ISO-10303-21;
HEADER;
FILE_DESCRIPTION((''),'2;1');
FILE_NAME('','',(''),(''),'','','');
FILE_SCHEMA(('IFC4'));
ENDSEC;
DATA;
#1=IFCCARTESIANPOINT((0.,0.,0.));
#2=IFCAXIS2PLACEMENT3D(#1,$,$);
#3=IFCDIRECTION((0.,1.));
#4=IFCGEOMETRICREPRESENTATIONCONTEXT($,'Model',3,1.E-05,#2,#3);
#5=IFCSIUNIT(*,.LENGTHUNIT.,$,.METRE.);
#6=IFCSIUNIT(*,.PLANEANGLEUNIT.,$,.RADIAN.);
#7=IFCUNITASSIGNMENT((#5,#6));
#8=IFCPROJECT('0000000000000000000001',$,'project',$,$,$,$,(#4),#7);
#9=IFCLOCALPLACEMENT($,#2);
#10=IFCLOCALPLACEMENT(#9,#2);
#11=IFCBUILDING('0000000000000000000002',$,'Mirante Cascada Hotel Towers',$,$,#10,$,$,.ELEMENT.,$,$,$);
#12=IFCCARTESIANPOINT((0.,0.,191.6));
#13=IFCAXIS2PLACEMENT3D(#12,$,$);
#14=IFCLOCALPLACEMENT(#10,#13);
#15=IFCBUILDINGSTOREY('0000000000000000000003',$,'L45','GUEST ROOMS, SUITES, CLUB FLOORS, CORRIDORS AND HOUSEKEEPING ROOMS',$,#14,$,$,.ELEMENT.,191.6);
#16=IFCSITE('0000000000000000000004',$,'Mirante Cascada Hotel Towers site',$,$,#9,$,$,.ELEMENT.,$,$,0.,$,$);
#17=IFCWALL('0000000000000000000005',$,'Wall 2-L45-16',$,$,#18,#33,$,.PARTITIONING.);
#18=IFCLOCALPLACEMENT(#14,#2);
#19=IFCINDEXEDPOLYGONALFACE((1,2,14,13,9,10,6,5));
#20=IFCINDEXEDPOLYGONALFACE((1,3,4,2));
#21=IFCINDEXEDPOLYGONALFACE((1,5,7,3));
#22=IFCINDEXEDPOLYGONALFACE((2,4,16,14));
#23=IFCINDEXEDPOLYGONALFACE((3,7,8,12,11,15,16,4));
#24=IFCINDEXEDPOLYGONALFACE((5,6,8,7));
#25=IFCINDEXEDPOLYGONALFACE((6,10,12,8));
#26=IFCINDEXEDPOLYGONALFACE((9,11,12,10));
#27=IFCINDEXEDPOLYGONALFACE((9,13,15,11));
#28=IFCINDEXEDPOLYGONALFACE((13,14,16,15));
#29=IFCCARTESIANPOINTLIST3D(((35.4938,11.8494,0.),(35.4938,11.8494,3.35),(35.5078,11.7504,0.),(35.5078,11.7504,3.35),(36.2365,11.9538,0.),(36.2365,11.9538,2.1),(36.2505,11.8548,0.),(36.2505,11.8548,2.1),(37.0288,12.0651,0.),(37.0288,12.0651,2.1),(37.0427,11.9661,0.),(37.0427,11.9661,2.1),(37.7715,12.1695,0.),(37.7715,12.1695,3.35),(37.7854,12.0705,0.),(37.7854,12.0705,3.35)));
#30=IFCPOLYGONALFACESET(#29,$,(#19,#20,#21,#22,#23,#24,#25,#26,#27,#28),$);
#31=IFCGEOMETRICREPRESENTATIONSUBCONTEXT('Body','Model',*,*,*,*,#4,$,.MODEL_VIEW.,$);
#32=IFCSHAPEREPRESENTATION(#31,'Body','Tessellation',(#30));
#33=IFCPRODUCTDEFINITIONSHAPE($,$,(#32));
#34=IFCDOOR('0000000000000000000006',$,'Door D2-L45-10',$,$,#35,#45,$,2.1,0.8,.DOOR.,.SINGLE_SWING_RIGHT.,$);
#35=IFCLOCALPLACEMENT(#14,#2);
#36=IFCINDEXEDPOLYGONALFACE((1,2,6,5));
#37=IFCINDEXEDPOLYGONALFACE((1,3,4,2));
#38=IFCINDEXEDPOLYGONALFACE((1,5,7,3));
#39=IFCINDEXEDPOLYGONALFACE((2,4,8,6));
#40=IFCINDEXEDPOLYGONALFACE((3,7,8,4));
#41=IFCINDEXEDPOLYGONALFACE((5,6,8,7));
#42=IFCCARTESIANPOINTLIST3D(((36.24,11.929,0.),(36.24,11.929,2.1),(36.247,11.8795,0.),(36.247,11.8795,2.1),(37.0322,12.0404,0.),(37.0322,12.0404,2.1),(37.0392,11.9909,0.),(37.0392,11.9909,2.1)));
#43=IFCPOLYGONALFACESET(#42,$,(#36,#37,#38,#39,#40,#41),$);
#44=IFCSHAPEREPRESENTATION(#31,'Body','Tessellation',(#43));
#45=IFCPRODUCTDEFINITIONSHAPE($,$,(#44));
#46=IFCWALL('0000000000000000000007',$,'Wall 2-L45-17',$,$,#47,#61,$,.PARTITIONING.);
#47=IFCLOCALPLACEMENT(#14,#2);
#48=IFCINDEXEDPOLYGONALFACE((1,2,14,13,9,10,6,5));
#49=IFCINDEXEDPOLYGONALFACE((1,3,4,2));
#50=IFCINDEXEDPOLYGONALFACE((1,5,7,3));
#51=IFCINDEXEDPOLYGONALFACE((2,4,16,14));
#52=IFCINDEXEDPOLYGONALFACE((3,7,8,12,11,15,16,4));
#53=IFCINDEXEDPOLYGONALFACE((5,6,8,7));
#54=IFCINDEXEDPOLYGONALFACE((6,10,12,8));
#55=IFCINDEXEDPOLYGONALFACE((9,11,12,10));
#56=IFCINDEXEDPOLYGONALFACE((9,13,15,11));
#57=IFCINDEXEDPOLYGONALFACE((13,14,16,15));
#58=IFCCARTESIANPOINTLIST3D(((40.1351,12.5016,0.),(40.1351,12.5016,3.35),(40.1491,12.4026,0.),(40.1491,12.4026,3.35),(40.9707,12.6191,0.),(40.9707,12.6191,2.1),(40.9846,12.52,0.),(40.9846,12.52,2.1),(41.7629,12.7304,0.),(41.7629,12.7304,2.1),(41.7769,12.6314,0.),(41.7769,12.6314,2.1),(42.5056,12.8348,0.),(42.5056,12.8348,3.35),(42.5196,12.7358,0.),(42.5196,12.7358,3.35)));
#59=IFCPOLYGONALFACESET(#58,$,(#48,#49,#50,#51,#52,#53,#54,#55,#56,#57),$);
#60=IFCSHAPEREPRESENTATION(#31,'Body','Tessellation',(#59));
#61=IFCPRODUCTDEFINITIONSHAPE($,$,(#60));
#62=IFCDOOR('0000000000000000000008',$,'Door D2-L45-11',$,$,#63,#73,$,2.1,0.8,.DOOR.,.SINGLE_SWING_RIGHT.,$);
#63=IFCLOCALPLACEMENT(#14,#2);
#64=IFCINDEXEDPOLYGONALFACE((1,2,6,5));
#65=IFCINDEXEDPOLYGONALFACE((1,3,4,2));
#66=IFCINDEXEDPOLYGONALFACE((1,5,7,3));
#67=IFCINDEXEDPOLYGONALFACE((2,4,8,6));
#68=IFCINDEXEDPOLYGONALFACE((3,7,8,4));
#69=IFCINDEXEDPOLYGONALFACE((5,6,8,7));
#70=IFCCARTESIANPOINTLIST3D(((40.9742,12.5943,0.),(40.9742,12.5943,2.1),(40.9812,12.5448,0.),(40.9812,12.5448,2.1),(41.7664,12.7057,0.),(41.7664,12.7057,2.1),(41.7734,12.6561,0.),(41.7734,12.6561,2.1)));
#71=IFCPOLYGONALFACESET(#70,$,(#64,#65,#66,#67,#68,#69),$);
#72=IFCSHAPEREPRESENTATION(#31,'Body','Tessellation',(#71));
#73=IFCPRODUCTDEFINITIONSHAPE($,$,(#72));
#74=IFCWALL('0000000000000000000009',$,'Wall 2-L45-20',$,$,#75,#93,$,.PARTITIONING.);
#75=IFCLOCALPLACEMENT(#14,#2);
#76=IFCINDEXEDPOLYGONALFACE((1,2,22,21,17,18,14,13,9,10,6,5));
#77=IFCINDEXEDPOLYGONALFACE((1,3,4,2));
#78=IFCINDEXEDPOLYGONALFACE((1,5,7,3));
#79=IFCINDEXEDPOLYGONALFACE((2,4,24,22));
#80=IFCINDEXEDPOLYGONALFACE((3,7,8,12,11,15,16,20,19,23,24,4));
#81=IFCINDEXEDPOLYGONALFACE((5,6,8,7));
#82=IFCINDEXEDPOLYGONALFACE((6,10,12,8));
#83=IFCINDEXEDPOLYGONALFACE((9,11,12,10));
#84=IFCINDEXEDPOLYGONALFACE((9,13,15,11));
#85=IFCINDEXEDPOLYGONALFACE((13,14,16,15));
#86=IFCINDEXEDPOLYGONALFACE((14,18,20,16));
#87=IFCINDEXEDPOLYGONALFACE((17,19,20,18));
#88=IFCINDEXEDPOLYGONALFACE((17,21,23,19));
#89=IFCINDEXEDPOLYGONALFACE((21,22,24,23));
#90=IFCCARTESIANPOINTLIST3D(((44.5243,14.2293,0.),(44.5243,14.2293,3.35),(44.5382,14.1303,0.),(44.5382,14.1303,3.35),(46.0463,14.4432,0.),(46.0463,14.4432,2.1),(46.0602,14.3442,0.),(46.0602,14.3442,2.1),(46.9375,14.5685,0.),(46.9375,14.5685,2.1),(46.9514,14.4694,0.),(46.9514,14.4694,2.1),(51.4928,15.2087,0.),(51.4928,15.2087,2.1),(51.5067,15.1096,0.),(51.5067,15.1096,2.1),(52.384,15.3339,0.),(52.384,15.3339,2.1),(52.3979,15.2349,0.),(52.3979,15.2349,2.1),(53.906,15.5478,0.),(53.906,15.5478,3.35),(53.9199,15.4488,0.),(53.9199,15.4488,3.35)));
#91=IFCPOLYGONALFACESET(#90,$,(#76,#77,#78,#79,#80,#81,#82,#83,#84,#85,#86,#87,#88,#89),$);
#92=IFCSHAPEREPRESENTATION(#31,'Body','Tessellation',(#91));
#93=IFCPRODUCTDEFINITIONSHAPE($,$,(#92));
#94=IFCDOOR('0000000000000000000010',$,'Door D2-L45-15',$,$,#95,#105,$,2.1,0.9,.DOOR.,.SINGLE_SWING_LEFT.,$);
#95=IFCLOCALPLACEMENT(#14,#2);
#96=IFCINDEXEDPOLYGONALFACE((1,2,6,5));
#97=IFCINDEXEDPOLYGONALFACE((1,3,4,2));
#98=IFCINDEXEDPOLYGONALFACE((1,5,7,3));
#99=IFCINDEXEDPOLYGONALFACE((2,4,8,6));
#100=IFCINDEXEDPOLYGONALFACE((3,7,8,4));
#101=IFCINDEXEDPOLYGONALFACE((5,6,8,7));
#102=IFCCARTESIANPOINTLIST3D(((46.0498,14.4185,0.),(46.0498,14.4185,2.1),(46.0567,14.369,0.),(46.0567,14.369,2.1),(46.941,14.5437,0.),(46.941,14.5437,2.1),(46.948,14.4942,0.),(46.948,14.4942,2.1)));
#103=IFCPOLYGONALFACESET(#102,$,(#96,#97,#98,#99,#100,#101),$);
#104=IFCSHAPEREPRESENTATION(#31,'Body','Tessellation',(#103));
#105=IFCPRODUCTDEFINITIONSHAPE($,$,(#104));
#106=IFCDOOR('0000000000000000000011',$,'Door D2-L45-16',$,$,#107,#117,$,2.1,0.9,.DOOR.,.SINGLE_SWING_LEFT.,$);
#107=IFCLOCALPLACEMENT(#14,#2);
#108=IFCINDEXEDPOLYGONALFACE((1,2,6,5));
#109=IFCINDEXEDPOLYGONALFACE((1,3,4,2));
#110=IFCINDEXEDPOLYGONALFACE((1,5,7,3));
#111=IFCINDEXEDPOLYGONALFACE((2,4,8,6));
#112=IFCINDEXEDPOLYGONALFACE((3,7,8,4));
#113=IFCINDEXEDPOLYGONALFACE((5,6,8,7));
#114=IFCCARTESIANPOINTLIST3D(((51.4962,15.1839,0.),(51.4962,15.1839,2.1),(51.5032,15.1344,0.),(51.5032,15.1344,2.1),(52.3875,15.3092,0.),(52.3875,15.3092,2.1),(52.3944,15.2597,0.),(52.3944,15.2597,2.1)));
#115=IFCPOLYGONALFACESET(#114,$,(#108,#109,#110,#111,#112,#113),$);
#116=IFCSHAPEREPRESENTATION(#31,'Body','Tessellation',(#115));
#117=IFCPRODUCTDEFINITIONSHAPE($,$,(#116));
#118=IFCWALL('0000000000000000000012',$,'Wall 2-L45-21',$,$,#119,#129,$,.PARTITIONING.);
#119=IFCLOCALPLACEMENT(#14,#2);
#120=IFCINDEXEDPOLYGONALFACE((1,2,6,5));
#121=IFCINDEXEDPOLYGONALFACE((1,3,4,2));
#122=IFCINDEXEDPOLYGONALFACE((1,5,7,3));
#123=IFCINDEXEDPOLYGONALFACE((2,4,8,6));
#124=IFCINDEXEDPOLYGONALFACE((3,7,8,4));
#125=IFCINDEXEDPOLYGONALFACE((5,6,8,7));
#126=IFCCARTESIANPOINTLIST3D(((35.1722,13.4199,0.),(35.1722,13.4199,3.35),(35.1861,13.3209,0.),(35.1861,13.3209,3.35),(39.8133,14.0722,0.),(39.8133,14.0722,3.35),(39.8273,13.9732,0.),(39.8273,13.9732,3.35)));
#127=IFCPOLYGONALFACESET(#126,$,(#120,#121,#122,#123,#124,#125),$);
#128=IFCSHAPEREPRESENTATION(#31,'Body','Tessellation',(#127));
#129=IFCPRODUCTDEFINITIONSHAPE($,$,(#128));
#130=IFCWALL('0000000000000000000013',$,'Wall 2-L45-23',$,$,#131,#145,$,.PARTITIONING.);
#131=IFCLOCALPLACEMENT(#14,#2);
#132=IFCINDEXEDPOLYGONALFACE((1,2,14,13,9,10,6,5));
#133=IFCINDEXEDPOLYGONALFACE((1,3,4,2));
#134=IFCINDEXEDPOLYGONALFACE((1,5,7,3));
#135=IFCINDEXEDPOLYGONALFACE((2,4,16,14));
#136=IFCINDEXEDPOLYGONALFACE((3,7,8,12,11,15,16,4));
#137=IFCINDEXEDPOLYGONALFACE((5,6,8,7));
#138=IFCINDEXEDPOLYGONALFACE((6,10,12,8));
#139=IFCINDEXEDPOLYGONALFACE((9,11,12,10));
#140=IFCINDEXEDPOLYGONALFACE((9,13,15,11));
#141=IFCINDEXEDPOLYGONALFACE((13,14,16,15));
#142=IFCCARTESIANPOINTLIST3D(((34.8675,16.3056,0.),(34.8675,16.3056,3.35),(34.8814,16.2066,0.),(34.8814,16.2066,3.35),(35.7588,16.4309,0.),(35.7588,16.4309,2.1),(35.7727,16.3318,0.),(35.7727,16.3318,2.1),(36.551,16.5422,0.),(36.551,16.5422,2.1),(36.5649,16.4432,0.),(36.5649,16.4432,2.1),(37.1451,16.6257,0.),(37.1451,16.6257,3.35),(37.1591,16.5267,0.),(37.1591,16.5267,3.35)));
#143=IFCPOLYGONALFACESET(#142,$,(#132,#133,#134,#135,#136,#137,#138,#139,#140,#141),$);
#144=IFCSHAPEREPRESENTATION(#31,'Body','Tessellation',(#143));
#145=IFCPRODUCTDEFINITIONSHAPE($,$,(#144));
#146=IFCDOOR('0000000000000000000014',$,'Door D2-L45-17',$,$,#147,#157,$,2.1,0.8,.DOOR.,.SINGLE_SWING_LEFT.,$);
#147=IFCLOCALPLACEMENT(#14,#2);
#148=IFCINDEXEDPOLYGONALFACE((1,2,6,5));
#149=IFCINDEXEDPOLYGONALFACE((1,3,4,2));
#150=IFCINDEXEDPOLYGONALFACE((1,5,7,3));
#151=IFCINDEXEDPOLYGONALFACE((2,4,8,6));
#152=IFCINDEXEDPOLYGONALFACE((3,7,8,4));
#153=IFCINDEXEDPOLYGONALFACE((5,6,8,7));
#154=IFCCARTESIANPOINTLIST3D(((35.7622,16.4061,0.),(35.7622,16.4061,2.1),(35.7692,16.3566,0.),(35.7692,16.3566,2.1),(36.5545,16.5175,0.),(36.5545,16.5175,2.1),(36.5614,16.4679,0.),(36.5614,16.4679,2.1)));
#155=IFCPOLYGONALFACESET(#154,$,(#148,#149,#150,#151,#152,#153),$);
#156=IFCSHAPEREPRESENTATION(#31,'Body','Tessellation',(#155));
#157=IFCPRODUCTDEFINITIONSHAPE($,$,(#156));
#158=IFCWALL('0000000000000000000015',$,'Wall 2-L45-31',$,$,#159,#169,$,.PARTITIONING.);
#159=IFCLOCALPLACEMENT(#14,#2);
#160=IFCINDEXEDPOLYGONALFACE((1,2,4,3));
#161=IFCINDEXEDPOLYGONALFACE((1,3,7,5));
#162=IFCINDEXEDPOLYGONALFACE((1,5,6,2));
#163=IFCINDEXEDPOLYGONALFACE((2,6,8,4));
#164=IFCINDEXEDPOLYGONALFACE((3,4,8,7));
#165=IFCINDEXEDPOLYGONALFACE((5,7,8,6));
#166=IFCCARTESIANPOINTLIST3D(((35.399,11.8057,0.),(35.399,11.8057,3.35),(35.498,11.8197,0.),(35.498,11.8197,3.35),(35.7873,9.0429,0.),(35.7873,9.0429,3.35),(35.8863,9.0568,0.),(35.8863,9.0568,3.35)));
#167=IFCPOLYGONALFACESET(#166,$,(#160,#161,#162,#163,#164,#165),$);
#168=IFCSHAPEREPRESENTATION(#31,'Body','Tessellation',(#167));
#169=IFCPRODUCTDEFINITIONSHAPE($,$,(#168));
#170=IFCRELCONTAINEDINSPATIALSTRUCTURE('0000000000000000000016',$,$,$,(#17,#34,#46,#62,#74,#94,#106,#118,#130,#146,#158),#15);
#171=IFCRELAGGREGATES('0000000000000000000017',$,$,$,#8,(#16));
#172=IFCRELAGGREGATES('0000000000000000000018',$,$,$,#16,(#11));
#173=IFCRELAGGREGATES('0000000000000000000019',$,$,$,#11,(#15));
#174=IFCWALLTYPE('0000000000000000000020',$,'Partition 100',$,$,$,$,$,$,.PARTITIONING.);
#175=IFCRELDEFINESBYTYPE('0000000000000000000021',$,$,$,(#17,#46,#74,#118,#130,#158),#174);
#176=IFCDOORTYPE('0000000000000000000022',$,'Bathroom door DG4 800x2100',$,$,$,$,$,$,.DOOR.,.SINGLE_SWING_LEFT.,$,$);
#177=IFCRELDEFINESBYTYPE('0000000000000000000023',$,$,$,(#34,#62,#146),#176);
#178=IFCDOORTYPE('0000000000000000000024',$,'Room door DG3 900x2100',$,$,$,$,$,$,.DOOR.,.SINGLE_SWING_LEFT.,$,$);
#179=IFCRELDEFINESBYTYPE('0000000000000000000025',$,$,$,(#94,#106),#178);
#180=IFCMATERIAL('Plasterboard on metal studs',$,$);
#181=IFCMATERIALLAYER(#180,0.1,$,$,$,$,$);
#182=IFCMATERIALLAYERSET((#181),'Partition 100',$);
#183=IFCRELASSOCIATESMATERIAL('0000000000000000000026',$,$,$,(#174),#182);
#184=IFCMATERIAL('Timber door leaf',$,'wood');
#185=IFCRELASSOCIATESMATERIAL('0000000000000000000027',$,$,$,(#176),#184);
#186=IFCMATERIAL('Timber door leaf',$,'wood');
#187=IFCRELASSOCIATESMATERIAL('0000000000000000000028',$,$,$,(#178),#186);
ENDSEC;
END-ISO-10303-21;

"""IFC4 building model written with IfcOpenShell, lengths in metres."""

from ifc_helpers import new_model, si_unit, direction, frame, frame_2d, origin, place, context, subcontext, project, spatial, rectangle, extrude, material, layer, layer_set, type_object, element, fill, save


model = new_model("IFC4")

# Units and contexts
model_context = context("Model", 3, precision=1e-05, world=origin(), true_north=direction((0.0, 1.0)))
body_context = subcontext(model_context, "Body", "Model", "MODEL_VIEW")
ifc_project = project(units=[si_unit("LENGTHUNIT", "METRE"), si_unit("PLANEANGLEUNIT", "RADIAN")], contexts=[model_context])

# Site, building, storey
site_placement = place(None, origin())
site = spatial("IfcSite", under=ifc_project, at=site_placement, Name="Mirante Cascada Hotel Towers site", CompositionType="ELEMENT", RefElevation=0.0)
building_placement = place(site_placement, origin())
building = spatial("IfcBuilding", under=site, at=building_placement, Name="Mirante Cascada Hotel Towers", CompositionType="ELEMENT")
storey_placement = place(building_placement, frame((0.0, 0.0, 191.6)))
storey = spatial("IfcBuildingStorey", under=building, at=storey_placement, Name="L45", Description="GUEST ROOMS, SUITES, CLUB FLOORS, CORRIDORS AND HOUSEKEEPING ROOMS", CompositionType="ELEMENT", Elevation=191.6)

# Walls, openings, doors
ifc_material_1 = material(Name="Plasterboard on metal studs")
ifc_layer_1 = layer(ifc_material_1, 0.1)
ifc_layer_set_1 = layer_set([ifc_layer_1], Name="Partition 100")
wall_type_1 = type_object("IfcWallType", Name="Partition 100", PredefinedType="PARTITIONING", material=ifc_layer_set_1)
wall_1_placement = place(storey_placement, frame((35.5008, 11.7999, 0.0), z_axis=(0.0, 0.0, 1.0), x_axis=(0.990268, 0.139175, 0.0)))
wall_1 = element("IfcWall", 1, at=wall_1_placement, inside=storey, type_object=wall_type_1, Name="Wall 2-L45-16", PredefinedType="PARTITIONING", context=body_context, shape_type="SweptSolid", body=[
    extrude(rectangle(XDim=2.3, YDim=0.1, at=frame_2d((1.15, 0.0))), origin(), (0.0, 0.0, 1.0), 3.35),
])
opening_1_placement = place(wall_1_placement, frame((0.75, 0.0, 0.0)))
opening_1 = element("IfcOpeningElement", 2, at=opening_1_placement, cuts=wall_1, PredefinedType="OPENING", context=body_context, shape_type="SweptSolid", body=[
    extrude(rectangle(XDim=0.8, YDim=2.1, at=frame_2d((0.4, 1.05))), frame((0.0, 0.05, 0.0), z_axis=(0.0, -1.0, 0.0), x_axis=(1.0, 0.0, 0.0)), (0.0, 0.0, 1.0), 0.1),
])
ifc_material_2 = material(Name="Timber door leaf", Category="wood")
door_type_1 = type_object("IfcDoorType", Name="Bathroom door DG4 800x2100", OperationType="SINGLE_SWING_LEFT", PredefinedType="DOOR", material=ifc_material_2)
door_1_placement = place(opening_1_placement, frame((0.8, 0.0, 0.0), z_axis=(0.0, 0.0, 1.0), x_axis=(-1.0, 0.0, 0.0)))
door_1 = element("IfcDoor", 3, at=door_1_placement, inside=storey, type_object=door_type_1, Name="Door D2-L45-10", OperationType="SINGLE_SWING_RIGHT", OverallHeight=2.1, OverallWidth=0.8, PredefinedType="DOOR", context=body_context, shape_type="SweptSolid", body=[
    extrude(rectangle(XDim=0.8, YDim=2.1, at=frame_2d((0.4, 1.05))), frame((0.0, 0.025, 0.0), z_axis=(0.0, -1.0, 0.0), x_axis=(1.0, 0.0, 0.0)), (0.0, 0.0, 1.0), 0.05),
])
fill(opening_1, door_1)
wall_2_placement = place(storey_placement, frame((42.5126, 12.7853, 0.0), z_axis=(0.0, 0.0, 1.0), x_axis=(-0.990265, -0.139193, 0.0)))
wall_2 = element("IfcWall", 4, at=wall_2_placement, inside=storey, type_object=wall_type_1, Name="Wall 2-L45-17", PredefinedType="PARTITIONING", context=body_context, shape_type="SweptSolid", body=[
    extrude(rectangle(XDim=2.3938, YDim=0.1, at=frame_2d((1.1969, 0.0))), origin(), (0.0, 0.0, 1.0), 3.35),
])
opening_2_placement = place(wall_2_placement, frame((0.75, 0.0, 0.0)))
opening_2 = element("IfcOpeningElement", 5, at=opening_2_placement, cuts=wall_2, PredefinedType="OPENING", context=body_context, shape_type="SweptSolid", body=[
    extrude(rectangle(XDim=0.8, YDim=2.1, at=frame_2d((0.4, 1.05))), frame((0.0, 0.05, 0.0), z_axis=(0.0, -1.0, 0.0), x_axis=(1.0, 0.0, 0.0)), (0.0, 0.0, 1.0), 0.1),
])
door_2_placement = place(opening_2_placement, frame((0.8, 0.0, 0.0), z_axis=(0.0, 0.0, 1.0), x_axis=(-1.0, 0.0, 0.0)))
door_2 = element("IfcDoor", 6, at=door_2_placement, inside=storey, type_object=door_type_1, Name="Door D2-L45-11", OperationType="SINGLE_SWING_RIGHT", OverallHeight=2.1, OverallWidth=0.8, PredefinedType="DOOR", context=body_context, shape_type="SweptSolid", body=[
    extrude(rectangle(XDim=0.8, YDim=2.1, at=frame_2d((0.4, 1.05))), frame((0.0, 0.025, 0.0), z_axis=(0.0, -1.0, 0.0), x_axis=(1.0, 0.0, 0.0)), (0.0, 0.0, 1.0), 0.05),
])
fill(opening_2, door_2)

# Wall, openings, doors
wall_3_placement = place(storey_placement, frame((44.5312, 14.1798, 0.0), z_axis=(0.0, 0.0, 1.0), x_axis=(0.990268, 0.139172, 0.0)))
wall_3 = element("IfcWall", 7, at=wall_3_placement, inside=storey, type_object=wall_type_1, Name="Wall 2-L45-20", PredefinedType="PARTITIONING", context=body_context, shape_type="SweptSolid", body=[
    extrude(rectangle(XDim=9.4739, YDim=0.1, at=frame_2d((4.737, 0.0))), origin(), (0.0, 0.0, 1.0), 3.35),
])
opening_3_placement = place(wall_3_placement, frame((1.537, 0.0, 0.0)))
opening_3 = element("IfcOpeningElement", 8, at=opening_3_placement, cuts=wall_3, PredefinedType="OPENING", context=body_context, shape_type="SweptSolid", body=[
    extrude(rectangle(XDim=0.9, YDim=2.1, at=frame_2d((0.45, 1.05))), frame((0.0, 0.05, 0.0), z_axis=(0.0, -1.0, 0.0), x_axis=(1.0, 0.0, 0.0)), (0.0, 0.0, 1.0), 0.1),
])
opening_4_placement = place(wall_3_placement, frame((7.037, 0.0, 0.0)))
opening_4 = element("IfcOpeningElement", 9, at=opening_4_placement, cuts=wall_3, PredefinedType="OPENING", context=body_context, shape_type="SweptSolid", body=[
    extrude(rectangle(XDim=0.9, YDim=2.1, at=frame_2d((0.45, 1.05))), frame((0.0, 0.05, 0.0), z_axis=(0.0, -1.0, 0.0), x_axis=(1.0, 0.0, 0.0)), (0.0, 0.0, 1.0), 0.1),
])
ifc_material_3 = material(Name="Timber door leaf", Category="wood")
door_type_2 = type_object("IfcDoorType", Name="Room door DG3 900x2100", OperationType="SINGLE_SWING_LEFT", PredefinedType="DOOR", material=ifc_material_3)
door_3_placement = place(opening_3_placement, origin())
door_3 = element("IfcDoor", 10, at=door_3_placement, inside=storey, type_object=door_type_2, Name="Door D2-L45-15", OperationType="SINGLE_SWING_LEFT", OverallHeight=2.1, OverallWidth=0.9, PredefinedType="DOOR", context=body_context, shape_type="SweptSolid", body=[
    extrude(rectangle(XDim=0.9, YDim=2.1, at=frame_2d((0.45, 1.05))), frame((0.0, 0.025, 0.0), z_axis=(0.0, -1.0, 0.0), x_axis=(1.0, 0.0, 0.0)), (0.0, 0.0, 1.0), 0.05),
])
fill(opening_3, door_3)
door_4_placement = place(opening_4_placement, origin())
door_4 = element("IfcDoor", 11, at=door_4_placement, inside=storey, type_object=door_type_2, Name="Door D2-L45-16", OperationType="SINGLE_SWING_LEFT", OverallHeight=2.1, OverallWidth=0.9, PredefinedType="DOOR", context=body_context, shape_type="SweptSolid", body=[
    extrude(rectangle(XDim=0.9, YDim=2.1, at=frame_2d((0.45, 1.05))), frame((0.0, 0.025, 0.0), z_axis=(0.0, -1.0, 0.0), x_axis=(1.0, 0.0, 0.0)), (0.0, 0.0, 1.0), 0.05),
])
fill(opening_4, door_4)

# Wall
wall_4_placement = place(storey_placement, frame((39.8203, 14.0227, 0.0), z_axis=(0.0, 0.0, 1.0), x_axis=(-0.990267, -0.139178, 0.0)))
element("IfcWall", 12, at=wall_4_placement, inside=storey, type_object=wall_type_1, Name="Wall 2-L45-21", PredefinedType="PARTITIONING", context=body_context, shape_type="SweptSolid", body=[
    extrude(rectangle(XDim=4.6868, YDim=0.1, at=frame_2d((2.3434, 0.0))), origin(), (0.0, 0.0, 1.0), 3.35),
])

# Wall, opening, door
wall_5_placement = place(storey_placement, frame((37.1521, 16.5762, 0.0), z_axis=(0.0, 0.0, 1.0), x_axis=(-0.990268, -0.139175, 0.0)))
wall_5 = element("IfcWall", 13, at=wall_5_placement, inside=storey, type_object=wall_type_1, Name="Wall 2-L45-23", PredefinedType="PARTITIONING", context=body_context, shape_type="SweptSolid", body=[
    extrude(rectangle(XDim=2.3, YDim=0.1, at=frame_2d((1.15, 0.0))), origin(), (0.0, 0.0, 1.0), 3.35),
])
opening_5_placement = place(wall_5_placement, frame((0.6, 0.0, 0.0)))
opening_5 = element("IfcOpeningElement", 14, at=opening_5_placement, cuts=wall_5, PredefinedType="OPENING", context=body_context, shape_type="SweptSolid", body=[
    extrude(rectangle(XDim=0.8, YDim=2.1, at=frame_2d((0.4, 1.05))), frame((0.0, 0.05, 0.0), z_axis=(0.0, -1.0, 0.0), x_axis=(1.0, 0.0, 0.0)), (0.0, 0.0, 1.0), 0.1),
])
door_5_placement = place(opening_5_placement, origin())
door_5 = element("IfcDoor", 15, at=door_5_placement, inside=storey, type_object=door_type_1, Name="Door D2-L45-17", OperationType="SINGLE_SWING_LEFT", OverallHeight=2.1, OverallWidth=0.8, PredefinedType="DOOR", context=body_context, shape_type="SweptSolid", body=[
    extrude(rectangle(XDim=0.8, YDim=2.1, at=frame_2d((0.4, 1.05))), frame((0.0, 0.025, 0.0), z_axis=(0.0, -1.0, 0.0), x_axis=(1.0, 0.0, 0.0)), (0.0, 0.0, 1.0), 0.05),
])
fill(opening_5, door_5)

# Wall
wall_6_placement = place(storey_placement, frame((35.4485, 11.8127, 0.0), z_axis=(0.0, 0.0, 1.0), x_axis=(0.139178, -0.990267, 0.0)))
element("IfcWall", 16, at=wall_6_placement, inside=storey, type_object=wall_type_1, Name="Wall 2-L45-31", PredefinedType="PARTITIONING", context=body_context, shape_type="SweptSolid", body=[
    extrude(rectangle(XDim=2.79, YDim=0.1, at=frame_2d((1.395, 0.0))), origin(), (0.0, 0.0, 1.0), 3.35),
])

save(model, "model.ifc")
